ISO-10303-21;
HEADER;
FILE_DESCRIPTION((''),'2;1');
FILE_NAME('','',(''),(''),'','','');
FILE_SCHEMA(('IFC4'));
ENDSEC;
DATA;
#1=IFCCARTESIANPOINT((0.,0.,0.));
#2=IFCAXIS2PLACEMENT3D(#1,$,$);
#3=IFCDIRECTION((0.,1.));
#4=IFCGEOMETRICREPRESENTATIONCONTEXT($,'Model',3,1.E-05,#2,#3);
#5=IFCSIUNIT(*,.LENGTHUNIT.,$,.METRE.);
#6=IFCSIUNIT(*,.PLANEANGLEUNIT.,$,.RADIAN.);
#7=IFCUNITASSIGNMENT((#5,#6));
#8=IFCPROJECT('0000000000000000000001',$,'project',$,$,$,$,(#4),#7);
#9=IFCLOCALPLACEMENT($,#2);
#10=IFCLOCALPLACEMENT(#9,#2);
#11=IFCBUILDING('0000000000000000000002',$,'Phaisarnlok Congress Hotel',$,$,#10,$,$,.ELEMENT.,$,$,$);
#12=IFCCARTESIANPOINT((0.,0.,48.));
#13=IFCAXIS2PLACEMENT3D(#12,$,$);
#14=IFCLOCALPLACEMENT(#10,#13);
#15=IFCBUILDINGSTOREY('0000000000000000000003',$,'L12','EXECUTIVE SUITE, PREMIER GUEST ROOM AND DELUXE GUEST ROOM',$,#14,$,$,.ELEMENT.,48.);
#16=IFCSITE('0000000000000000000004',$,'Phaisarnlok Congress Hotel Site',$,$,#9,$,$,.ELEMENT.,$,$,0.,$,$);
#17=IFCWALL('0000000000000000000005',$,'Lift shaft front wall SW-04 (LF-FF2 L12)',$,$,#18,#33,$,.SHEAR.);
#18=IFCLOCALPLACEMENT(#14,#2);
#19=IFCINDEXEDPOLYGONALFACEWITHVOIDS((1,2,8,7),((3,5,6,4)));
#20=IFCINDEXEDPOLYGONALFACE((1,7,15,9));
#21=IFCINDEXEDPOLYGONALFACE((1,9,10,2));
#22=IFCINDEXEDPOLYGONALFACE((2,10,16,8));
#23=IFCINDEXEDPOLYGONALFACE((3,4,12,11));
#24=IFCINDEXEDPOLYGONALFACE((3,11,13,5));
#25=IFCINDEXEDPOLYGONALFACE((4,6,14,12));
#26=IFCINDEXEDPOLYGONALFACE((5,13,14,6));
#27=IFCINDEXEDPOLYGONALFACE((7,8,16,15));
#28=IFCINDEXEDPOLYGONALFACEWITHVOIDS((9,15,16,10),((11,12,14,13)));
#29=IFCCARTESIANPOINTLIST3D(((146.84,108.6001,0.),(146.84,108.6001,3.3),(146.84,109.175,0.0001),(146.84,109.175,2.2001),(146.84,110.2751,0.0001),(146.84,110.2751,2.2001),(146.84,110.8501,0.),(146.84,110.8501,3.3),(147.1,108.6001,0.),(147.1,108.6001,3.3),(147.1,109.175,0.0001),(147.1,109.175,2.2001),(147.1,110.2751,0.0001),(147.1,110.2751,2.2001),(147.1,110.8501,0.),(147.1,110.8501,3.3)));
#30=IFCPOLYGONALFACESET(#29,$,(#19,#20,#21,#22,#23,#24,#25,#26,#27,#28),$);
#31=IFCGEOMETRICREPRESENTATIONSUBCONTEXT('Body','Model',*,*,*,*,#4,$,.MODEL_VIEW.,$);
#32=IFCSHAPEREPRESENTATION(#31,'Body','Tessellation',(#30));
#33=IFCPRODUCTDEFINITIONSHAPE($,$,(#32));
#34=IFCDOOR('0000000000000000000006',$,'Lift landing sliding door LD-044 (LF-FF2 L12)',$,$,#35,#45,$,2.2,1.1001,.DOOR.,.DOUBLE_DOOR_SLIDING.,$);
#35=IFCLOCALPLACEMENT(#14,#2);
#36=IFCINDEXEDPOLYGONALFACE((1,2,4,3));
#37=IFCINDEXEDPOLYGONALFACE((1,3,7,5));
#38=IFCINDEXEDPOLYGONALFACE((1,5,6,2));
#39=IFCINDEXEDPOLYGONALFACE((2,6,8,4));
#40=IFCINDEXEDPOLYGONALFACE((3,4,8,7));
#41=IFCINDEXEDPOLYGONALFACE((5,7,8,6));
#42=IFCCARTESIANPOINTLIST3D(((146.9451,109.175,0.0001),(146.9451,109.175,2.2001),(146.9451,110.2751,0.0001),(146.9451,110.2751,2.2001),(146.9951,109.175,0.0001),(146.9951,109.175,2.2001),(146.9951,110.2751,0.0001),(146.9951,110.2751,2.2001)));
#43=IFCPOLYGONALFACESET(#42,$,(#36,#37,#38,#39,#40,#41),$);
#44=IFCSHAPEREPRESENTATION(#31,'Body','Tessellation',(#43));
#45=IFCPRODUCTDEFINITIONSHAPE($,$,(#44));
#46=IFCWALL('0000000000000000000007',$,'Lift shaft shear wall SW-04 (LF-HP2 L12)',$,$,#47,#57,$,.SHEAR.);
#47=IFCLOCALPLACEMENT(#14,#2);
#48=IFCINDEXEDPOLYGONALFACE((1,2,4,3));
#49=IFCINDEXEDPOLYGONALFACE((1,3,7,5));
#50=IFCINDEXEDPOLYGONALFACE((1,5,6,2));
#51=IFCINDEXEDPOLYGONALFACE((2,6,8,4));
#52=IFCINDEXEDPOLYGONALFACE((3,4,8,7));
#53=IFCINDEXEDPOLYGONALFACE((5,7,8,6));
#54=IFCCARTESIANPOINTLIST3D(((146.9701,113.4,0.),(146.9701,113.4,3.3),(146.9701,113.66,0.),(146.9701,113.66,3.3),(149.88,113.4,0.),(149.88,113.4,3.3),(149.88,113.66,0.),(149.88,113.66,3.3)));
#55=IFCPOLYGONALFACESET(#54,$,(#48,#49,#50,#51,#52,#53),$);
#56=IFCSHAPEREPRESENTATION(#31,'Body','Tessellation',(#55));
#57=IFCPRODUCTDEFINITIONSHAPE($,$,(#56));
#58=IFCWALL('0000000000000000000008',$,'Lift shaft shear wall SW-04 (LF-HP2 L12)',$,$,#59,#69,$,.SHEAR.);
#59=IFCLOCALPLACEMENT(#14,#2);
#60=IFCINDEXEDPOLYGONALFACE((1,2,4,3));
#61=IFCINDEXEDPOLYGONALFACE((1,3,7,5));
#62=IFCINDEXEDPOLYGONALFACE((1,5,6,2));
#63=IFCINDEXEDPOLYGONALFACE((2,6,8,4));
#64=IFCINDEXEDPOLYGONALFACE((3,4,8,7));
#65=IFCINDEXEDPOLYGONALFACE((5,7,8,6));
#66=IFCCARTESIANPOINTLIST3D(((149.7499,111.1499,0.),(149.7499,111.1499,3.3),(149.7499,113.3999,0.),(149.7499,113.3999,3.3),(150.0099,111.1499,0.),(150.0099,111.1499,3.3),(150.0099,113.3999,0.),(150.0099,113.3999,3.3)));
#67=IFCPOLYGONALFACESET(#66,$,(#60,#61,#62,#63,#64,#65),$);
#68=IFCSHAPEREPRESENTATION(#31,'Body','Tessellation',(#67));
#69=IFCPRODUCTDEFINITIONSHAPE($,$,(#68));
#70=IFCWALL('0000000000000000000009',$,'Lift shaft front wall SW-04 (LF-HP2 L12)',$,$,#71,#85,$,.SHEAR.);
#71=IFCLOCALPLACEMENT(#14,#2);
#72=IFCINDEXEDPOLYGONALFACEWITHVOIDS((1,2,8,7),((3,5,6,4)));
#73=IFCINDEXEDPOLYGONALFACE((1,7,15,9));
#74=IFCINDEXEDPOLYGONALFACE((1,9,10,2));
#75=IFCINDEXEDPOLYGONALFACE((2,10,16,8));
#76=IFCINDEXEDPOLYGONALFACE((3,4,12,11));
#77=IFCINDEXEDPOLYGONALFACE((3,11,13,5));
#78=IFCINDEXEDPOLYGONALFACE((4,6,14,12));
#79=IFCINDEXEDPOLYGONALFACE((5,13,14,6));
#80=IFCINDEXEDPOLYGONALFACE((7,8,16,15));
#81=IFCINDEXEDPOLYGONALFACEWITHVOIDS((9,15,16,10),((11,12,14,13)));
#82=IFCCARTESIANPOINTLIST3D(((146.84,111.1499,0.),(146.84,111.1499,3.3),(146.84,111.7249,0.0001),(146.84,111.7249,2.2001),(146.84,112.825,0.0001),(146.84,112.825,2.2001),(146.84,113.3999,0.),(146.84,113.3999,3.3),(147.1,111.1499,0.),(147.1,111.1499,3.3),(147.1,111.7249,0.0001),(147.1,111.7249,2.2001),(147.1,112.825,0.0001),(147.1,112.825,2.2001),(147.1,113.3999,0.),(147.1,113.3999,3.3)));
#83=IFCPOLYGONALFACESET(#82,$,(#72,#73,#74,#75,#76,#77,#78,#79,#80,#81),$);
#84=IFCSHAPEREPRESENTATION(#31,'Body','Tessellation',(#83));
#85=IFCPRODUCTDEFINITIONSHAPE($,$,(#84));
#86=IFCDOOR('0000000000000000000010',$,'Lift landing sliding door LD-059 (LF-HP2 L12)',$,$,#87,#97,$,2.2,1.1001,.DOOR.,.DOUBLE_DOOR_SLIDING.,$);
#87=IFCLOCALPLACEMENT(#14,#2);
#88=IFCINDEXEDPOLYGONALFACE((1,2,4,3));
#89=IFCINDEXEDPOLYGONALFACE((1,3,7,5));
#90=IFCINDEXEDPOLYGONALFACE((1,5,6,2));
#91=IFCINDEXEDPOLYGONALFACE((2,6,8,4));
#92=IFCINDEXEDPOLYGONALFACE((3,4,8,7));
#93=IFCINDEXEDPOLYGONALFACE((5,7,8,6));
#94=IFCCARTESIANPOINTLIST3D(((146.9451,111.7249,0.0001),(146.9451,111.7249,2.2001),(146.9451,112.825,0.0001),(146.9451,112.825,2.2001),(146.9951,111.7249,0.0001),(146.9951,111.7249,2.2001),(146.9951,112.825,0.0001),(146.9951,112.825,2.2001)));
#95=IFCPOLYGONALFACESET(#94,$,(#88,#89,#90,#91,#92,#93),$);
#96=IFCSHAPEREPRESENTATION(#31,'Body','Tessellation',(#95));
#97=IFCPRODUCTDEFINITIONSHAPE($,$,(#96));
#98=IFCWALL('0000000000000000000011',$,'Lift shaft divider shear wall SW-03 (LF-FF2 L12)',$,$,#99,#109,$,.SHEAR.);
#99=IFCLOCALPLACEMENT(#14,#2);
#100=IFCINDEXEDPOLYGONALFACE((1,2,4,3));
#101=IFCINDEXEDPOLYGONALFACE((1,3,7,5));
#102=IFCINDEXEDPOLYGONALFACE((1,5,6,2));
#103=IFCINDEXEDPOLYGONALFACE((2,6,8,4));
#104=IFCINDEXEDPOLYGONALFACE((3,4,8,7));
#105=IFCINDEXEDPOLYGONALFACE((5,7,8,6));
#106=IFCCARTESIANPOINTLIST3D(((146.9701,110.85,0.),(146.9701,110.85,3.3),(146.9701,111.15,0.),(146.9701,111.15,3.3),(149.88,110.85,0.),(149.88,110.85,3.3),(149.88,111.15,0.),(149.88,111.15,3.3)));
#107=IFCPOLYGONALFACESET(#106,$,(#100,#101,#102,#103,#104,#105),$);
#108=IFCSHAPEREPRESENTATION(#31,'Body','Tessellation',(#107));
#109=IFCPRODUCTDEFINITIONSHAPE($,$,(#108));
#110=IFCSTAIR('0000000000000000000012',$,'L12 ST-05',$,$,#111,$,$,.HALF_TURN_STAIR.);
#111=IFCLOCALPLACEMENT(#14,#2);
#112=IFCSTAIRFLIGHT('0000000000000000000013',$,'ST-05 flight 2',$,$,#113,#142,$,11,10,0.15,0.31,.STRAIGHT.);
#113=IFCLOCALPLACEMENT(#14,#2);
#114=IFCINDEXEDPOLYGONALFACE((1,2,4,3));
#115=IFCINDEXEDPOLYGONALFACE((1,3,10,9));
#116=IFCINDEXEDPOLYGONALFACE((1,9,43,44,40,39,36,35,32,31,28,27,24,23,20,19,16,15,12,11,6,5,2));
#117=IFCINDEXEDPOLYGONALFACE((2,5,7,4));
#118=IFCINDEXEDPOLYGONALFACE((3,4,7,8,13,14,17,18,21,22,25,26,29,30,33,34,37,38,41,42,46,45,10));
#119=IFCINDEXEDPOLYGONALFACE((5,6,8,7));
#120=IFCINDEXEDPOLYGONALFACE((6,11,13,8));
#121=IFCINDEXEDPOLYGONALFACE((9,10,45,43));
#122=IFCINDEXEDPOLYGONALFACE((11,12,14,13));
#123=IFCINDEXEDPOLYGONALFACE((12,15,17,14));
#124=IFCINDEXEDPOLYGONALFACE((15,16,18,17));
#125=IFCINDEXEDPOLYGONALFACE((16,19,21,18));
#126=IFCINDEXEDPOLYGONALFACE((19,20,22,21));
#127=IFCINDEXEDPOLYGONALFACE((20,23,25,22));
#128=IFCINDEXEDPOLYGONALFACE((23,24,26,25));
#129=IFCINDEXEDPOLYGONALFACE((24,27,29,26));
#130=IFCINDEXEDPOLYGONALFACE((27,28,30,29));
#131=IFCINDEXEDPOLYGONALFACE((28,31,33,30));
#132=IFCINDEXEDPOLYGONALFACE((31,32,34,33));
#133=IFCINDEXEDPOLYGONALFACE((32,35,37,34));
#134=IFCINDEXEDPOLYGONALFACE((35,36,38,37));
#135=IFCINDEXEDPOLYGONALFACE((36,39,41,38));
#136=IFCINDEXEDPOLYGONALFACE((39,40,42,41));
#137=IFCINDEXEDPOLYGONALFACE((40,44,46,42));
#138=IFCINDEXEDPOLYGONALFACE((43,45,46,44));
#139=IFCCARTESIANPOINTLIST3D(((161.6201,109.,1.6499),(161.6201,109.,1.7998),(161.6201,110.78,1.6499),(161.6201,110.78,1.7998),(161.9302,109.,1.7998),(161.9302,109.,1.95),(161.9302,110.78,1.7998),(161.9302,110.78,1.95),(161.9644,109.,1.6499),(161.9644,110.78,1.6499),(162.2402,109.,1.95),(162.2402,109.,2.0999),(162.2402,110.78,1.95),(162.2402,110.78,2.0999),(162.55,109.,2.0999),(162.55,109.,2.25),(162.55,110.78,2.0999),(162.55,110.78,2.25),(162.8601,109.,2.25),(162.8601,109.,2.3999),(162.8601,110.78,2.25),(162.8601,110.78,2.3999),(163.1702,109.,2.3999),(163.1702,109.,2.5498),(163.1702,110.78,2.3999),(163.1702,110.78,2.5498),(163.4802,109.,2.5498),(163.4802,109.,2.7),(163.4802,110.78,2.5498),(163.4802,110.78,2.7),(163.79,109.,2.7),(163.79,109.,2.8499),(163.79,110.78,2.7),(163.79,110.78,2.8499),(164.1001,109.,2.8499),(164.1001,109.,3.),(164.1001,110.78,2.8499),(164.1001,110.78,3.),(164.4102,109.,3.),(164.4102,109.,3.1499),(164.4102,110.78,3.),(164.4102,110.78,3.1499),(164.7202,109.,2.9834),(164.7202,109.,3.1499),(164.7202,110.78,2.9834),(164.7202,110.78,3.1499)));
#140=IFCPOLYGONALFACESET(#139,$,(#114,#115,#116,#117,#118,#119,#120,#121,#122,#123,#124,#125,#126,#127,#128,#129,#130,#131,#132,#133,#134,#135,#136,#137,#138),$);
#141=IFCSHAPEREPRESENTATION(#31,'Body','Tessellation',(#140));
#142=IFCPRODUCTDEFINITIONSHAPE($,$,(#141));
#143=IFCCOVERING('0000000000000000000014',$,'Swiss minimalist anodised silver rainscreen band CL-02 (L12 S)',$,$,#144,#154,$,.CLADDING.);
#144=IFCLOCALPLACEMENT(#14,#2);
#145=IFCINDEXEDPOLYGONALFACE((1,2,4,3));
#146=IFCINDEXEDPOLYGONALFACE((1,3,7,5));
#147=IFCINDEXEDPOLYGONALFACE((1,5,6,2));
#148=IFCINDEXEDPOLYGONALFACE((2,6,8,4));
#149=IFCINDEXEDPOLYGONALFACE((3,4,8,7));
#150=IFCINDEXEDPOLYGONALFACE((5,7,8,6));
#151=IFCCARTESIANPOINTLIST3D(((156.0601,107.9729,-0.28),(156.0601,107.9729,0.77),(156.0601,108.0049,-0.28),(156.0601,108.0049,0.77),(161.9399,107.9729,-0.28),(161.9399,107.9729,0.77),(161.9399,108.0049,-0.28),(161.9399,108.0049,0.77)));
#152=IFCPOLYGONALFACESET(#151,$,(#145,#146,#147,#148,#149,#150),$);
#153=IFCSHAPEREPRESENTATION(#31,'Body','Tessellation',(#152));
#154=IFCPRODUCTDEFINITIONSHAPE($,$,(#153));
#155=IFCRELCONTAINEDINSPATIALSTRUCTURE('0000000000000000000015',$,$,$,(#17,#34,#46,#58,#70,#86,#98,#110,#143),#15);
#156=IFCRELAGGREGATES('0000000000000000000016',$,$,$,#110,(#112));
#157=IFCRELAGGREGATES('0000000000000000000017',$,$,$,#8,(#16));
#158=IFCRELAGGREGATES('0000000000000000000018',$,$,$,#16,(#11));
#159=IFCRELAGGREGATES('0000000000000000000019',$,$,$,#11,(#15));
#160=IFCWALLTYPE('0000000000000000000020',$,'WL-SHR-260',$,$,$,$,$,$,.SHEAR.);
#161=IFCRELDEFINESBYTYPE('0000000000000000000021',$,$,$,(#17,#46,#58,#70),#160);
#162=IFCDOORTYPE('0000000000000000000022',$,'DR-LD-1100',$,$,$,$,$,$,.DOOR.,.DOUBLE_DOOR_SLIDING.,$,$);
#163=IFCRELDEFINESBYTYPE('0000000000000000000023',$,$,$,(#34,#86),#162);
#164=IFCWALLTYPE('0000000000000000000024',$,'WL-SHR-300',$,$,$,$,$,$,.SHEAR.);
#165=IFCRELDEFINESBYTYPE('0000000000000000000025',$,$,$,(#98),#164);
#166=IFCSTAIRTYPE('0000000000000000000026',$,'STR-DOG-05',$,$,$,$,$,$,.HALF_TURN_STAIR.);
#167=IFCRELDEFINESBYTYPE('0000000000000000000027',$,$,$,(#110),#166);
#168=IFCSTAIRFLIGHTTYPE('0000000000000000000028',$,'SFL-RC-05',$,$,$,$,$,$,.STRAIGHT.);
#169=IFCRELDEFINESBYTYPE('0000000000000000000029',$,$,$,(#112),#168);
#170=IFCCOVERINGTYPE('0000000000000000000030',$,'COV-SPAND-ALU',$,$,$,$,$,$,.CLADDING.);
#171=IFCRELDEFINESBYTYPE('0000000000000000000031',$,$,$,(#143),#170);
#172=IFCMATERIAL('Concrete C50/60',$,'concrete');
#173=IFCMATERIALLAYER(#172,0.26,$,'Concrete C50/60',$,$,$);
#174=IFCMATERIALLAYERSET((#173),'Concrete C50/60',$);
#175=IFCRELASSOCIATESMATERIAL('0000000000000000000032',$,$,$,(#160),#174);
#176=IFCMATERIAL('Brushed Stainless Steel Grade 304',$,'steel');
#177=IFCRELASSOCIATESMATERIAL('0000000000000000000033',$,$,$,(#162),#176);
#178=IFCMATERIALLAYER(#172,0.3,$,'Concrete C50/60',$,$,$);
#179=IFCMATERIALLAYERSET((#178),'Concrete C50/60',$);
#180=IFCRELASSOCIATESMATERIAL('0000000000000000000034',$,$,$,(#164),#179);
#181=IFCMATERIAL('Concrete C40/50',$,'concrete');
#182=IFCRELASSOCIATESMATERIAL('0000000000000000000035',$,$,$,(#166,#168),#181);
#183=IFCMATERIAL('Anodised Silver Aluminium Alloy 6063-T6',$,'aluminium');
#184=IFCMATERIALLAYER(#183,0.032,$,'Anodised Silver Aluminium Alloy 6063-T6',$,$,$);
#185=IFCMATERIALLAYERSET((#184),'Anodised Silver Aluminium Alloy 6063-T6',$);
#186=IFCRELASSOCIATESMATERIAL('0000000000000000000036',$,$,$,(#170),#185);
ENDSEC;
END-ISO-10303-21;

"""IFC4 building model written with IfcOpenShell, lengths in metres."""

from ifc_helpers import new_model, si_unit, direction, frame, frame_2d, origin, place, context, subcontext, project, spatial, polyline, rectangle, outline, extrude, material, layer, layer_set, type_object, element, fill, aggregate, save


model = new_model("IFC4")

# Units and contexts
model_context = context("Model", 3, precision=1e-05, world=origin(), true_north=direction((0.0, 1.0)))
body_context = subcontext(model_context, "Body", "Model", "MODEL_VIEW")
ifc_project = project(units=[si_unit("LENGTHUNIT", "METRE"), si_unit("PLANEANGLEUNIT", "RADIAN")], contexts=[model_context])

# Site, building, storey
site_placement = place(None, origin())
site = spatial("IfcSite", under=ifc_project, at=site_placement, Name="Phaisarnlok Congress Hotel Site", CompositionType="ELEMENT", RefElevation=0.0)
building_placement = place(site_placement, origin())
building = spatial("IfcBuilding", under=site, at=building_placement, Name="Phaisarnlok Congress Hotel", CompositionType="ELEMENT")
storey_placement = place(building_placement, frame((0.0, 0.0, 48.0)))
storey = spatial("IfcBuildingStorey", under=building, at=storey_placement, Name="L12", Description="EXECUTIVE SUITE, PREMIER GUEST ROOM AND DELUXE GUEST ROOM", CompositionType="ELEMENT", Elevation=48.0)

# Shared definitions
ifc_material_1 = material(Name="Concrete C50/60", Category="concrete")

# Shared definitions
ifc_material_2 = material(Name="Concrete C40/50", Category="concrete")

# Shared definitions
ifc_layer_1 = layer(ifc_material_1, 0.26, Name="Concrete C50/60")
ifc_layer_set_1 = layer_set([ifc_layer_1], Name="Concrete C50/60")
wall_type_1 = type_object("IfcWallType", Name="WL-SHR-260", PredefinedType="SHEAR", material=ifc_layer_set_1)

# Wall, opening, door
wall_1_placement = place(storey_placement, frame((146.97, 108.6001, 0.0), z_axis=(0.0, 0.0, 1.0), x_axis=(0.0, 1.0, 0.0)))
wall_1 = element("IfcWall", 1, at=wall_1_placement, inside=storey, type_object=wall_type_1, Name="Lift shaft front wall SW-04 (LF-FF2 L12)", PredefinedType="SHEAR", context=body_context, shape_type="SweptSolid", body=[
    extrude(rectangle(XDim=2.25, YDim=0.26, at=frame_2d((1.125, 0.0))), origin(), (0.0, 0.0, 1.0), 3.3),
])
opening_1_placement = place(wall_1_placement, frame((0.575, 0.0, 0.0)))
opening_1 = element("IfcOpeningElement", 2, at=opening_1_placement, cuts=wall_1, PredefinedType="OPENING", context=body_context, shape_type="SweptSolid", body=[
    extrude(rectangle(XDim=1.1001, YDim=2.2, at=frame_2d((0.55, 1.1001))), frame((0.0, 0.1401, 0.0), z_axis=(0.0, -1.0, 0.0), x_axis=(1.0, 0.0, 0.0)), (0.0, 0.0, 1.0), 0.28),
])
ifc_material_3 = material(Name="Brushed Stainless Steel Grade 304", Category="steel")
door_type = type_object("IfcDoorType", Name="DR-LD-1100", OperationType="DOUBLE_DOOR_SLIDING", PredefinedType="DOOR", material=ifc_material_3)
door_1_placement = place(opening_1_placement, origin())
door_1 = element("IfcDoor", 3, at=door_1_placement, inside=storey, type_object=door_type, Name="Lift landing sliding door LD-044 (LF-FF2 L12)", OperationType="DOUBLE_DOOR_SLIDING", OverallHeight=2.2, OverallWidth=1.1001, PredefinedType="DOOR", context=body_context, shape_type="SweptSolid", body=[
    extrude(rectangle(XDim=1.1001, YDim=2.2, at=frame_2d((0.55, 1.1001))), frame((0.0, 0.0249, 0.0), z_axis=(0.0, -1.0, 0.0), x_axis=(1.0, 0.0, 0.0)), (0.0, 0.0, 1.0), 0.05),
])
fill(opening_1, door_1)

# Walls
wall_2_placement = place(storey_placement, frame((146.97, 113.53, 0.0), z_axis=(0.0, 0.0, 1.0), x_axis=(1.0, 0.0, 0.0)))
element("IfcWall", 4, at=wall_2_placement, inside=storey, type_object=wall_type_1, Name="Lift shaft shear wall SW-04 (LF-HP2 L12)", PredefinedType="SHEAR", context=body_context, shape_type="SweptSolid", body=[
    extrude(rectangle(XDim=2.9099, YDim=0.26, at=frame_2d((1.4551, 0.0))), origin(), (0.0, 0.0, 1.0), 3.3),
])
wall_3_placement = place(storey_placement, frame((149.8799, 111.1499, 0.0), z_axis=(0.0, 0.0, 1.0), x_axis=(0.0, 1.0, 0.0)))
element("IfcWall", 5, at=wall_3_placement, inside=storey, type_object=wall_type_1, Name="Lift shaft shear wall SW-04 (LF-HP2 L12)", PredefinedType="SHEAR", context=body_context, shape_type="SweptSolid", body=[
    extrude(rectangle(XDim=2.25, YDim=0.26, at=frame_2d((1.125, 0.0))), origin(), (0.0, 0.0, 1.0), 3.3),
])

# Wall, opening, door
wall_4_placement = place(storey_placement, frame((146.97, 111.1499, 0.0), z_axis=(0.0, 0.0, 1.0), x_axis=(0.0, 1.0, 0.0)))
wall_4 = element("IfcWall", 6, at=wall_4_placement, inside=storey, type_object=wall_type_1, Name="Lift shaft front wall SW-04 (LF-HP2 L12)", PredefinedType="SHEAR", context=body_context, shape_type="SweptSolid", body=[
    extrude(rectangle(XDim=2.25, YDim=0.26, at=frame_2d((1.125, 0.0))), origin(), (0.0, 0.0, 1.0), 3.3),
])
opening_2_placement = place(wall_4_placement, frame((0.575, 0.0, 0.0)))
opening_2 = element("IfcOpeningElement", 7, at=opening_2_placement, cuts=wall_4, PredefinedType="OPENING", context=body_context, shape_type="SweptSolid", body=[
    extrude(rectangle(XDim=1.1001, YDim=2.2, at=frame_2d((0.55, 1.1001))), frame((0.0, 0.1401, 0.0), z_axis=(0.0, -1.0, 0.0), x_axis=(1.0, 0.0, 0.0)), (0.0, 0.0, 1.0), 0.28),
])
door_2_placement = place(opening_2_placement, origin())
door_2 = element("IfcDoor", 8, at=door_2_placement, inside=storey, type_object=door_type, Name="Lift landing sliding door LD-059 (LF-HP2 L12)", OperationType="DOUBLE_DOOR_SLIDING", OverallHeight=2.2, OverallWidth=1.1001, PredefinedType="DOOR", context=body_context, shape_type="SweptSolid", body=[
    extrude(rectangle(XDim=1.1001, YDim=2.2, at=frame_2d((0.55, 1.1001))), frame((0.0, 0.0249, 0.0), z_axis=(0.0, -1.0, 0.0), x_axis=(1.0, 0.0, 0.0)), (0.0, 0.0, 1.0), 0.05),
])
fill(opening_2, door_2)

# Wall
ifc_layer_2 = layer(ifc_material_1, 0.3, Name="Concrete C50/60")
ifc_layer_set_2 = layer_set([ifc_layer_2], Name="Concrete C50/60")
wall_type_2 = type_object("IfcWallType", Name="WL-SHR-300", PredefinedType="SHEAR", material=ifc_layer_set_2)
wall_5_placement = place(storey_placement, frame((146.97, 111.0, 0.0), z_axis=(0.0, 0.0, 1.0), x_axis=(1.0, 0.0, 0.0)))
element("IfcWall", 9, at=wall_5_placement, inside=storey, type_object=wall_type_2, Name="Lift shaft divider shear wall SW-03 (LF-FF2 L12)", PredefinedType="SHEAR", context=body_context, shape_type="SweptSolid", body=[
    extrude(rectangle(XDim=2.9099, YDim=0.3, at=frame_2d((1.4551, 0.0))), origin(), (0.0, 0.0, 1.0), 3.3),
])

# Stair, stair flight
stair_type = type_object("IfcStairType", Name="STR-DOG-05", PredefinedType="HALF_TURN_STAIR", material=ifc_material_2)
stair_placement = place(storey_placement, origin())
stair = element("IfcStair", 10, at=stair_placement, inside=storey, type_object=stair_type, Name="L12 ST-05", PredefinedType="HALF_TURN_STAIR")
stair_flight_type = type_object("IfcStairFlightType", Name="SFL-RC-05", PredefinedType="STRAIGHT", material=ifc_material_2)
stair_flight_placement = place(storey_placement, frame((161.6201, 109.8899, 1.6499), z_axis=(0.0, 0.0, 1.0), x_axis=(1.0, 0.0, 0.0)))
stair_flight = element("IfcStairFlight", 11, at=stair_flight_placement, type_object=stair_flight_type, Name="ST-05 flight 2", NumberOfRisers=11, NumberOfTreads=10, PredefinedType="STRAIGHT", RiserHeight=0.15, TreadLength=0.31, context=body_context, shape_type="SweptSolid", body=[
    extrude(outline(polyline([(0.0, 0.0), (0.0, 0.1499), (0.3101, 0.1499), (0.3101, 0.3), (0.6201, 0.3), (0.6201, 0.45), (0.9299, 0.45), (0.9299, 0.6001), (1.24, 0.6001), (1.24, 0.75), (1.55, 0.75), (1.55, 0.8999), (1.8601, 0.8999), (1.8601, 1.05), (2.1699, 1.05), (2.1699, 1.2), (2.48, 1.2), (2.48, 1.3501), (2.79, 1.3501), (2.79, 1.5), (3.1001, 1.5), (3.1001, 1.6499), (3.1001, 1.3335), (0.3442, 0.0), (0.0, 0.0)])), frame((0.0, 0.8901, 0.0), z_axis=(0.0, -1.0, 0.0), x_axis=(1.0, 0.0, 0.0)), (0.0, 0.0, 1.0), 1.78),
])
aggregate(stair, [stair_flight])

# Covering
ifc_material_4 = material(Name="Anodised Silver Aluminium Alloy 6063-T6", Category="aluminium")
ifc_layer_3 = layer(ifc_material_4, 0.032, Name="Anodised Silver Aluminium Alloy 6063-T6")
ifc_layer_set_3 = layer_set([ifc_layer_3], Name="Anodised Silver Aluminium Alloy 6063-T6")
covering_type = type_object("IfcCoveringType", Name="COV-SPAND-ALU", PredefinedType="CLADDING", material=ifc_layer_set_3)
covering_placement = place(storey_placement, frame((156.0601, 108.0049, -0.28), z_axis=(0.0, -1.0, 0.0), x_axis=(1.0, 0.0, 0.0)))
element("IfcCovering", 12, at=covering_placement, inside=storey, type_object=covering_type, Name="Swiss minimalist anodised silver rainscreen band CL-02 (L12 S)", PredefinedType="CLADDING", context=body_context, shape_type="SweptSolid", body=[
    extrude(outline(polyline([(0.0, 0.0), (5.8799, 0.0), (5.8799, 1.05), (0.0, 1.05), (0.0, 0.0)])), origin(), (0.0, 0.0, 1.0), 0.032),
])

save(model, "model.ifc")
